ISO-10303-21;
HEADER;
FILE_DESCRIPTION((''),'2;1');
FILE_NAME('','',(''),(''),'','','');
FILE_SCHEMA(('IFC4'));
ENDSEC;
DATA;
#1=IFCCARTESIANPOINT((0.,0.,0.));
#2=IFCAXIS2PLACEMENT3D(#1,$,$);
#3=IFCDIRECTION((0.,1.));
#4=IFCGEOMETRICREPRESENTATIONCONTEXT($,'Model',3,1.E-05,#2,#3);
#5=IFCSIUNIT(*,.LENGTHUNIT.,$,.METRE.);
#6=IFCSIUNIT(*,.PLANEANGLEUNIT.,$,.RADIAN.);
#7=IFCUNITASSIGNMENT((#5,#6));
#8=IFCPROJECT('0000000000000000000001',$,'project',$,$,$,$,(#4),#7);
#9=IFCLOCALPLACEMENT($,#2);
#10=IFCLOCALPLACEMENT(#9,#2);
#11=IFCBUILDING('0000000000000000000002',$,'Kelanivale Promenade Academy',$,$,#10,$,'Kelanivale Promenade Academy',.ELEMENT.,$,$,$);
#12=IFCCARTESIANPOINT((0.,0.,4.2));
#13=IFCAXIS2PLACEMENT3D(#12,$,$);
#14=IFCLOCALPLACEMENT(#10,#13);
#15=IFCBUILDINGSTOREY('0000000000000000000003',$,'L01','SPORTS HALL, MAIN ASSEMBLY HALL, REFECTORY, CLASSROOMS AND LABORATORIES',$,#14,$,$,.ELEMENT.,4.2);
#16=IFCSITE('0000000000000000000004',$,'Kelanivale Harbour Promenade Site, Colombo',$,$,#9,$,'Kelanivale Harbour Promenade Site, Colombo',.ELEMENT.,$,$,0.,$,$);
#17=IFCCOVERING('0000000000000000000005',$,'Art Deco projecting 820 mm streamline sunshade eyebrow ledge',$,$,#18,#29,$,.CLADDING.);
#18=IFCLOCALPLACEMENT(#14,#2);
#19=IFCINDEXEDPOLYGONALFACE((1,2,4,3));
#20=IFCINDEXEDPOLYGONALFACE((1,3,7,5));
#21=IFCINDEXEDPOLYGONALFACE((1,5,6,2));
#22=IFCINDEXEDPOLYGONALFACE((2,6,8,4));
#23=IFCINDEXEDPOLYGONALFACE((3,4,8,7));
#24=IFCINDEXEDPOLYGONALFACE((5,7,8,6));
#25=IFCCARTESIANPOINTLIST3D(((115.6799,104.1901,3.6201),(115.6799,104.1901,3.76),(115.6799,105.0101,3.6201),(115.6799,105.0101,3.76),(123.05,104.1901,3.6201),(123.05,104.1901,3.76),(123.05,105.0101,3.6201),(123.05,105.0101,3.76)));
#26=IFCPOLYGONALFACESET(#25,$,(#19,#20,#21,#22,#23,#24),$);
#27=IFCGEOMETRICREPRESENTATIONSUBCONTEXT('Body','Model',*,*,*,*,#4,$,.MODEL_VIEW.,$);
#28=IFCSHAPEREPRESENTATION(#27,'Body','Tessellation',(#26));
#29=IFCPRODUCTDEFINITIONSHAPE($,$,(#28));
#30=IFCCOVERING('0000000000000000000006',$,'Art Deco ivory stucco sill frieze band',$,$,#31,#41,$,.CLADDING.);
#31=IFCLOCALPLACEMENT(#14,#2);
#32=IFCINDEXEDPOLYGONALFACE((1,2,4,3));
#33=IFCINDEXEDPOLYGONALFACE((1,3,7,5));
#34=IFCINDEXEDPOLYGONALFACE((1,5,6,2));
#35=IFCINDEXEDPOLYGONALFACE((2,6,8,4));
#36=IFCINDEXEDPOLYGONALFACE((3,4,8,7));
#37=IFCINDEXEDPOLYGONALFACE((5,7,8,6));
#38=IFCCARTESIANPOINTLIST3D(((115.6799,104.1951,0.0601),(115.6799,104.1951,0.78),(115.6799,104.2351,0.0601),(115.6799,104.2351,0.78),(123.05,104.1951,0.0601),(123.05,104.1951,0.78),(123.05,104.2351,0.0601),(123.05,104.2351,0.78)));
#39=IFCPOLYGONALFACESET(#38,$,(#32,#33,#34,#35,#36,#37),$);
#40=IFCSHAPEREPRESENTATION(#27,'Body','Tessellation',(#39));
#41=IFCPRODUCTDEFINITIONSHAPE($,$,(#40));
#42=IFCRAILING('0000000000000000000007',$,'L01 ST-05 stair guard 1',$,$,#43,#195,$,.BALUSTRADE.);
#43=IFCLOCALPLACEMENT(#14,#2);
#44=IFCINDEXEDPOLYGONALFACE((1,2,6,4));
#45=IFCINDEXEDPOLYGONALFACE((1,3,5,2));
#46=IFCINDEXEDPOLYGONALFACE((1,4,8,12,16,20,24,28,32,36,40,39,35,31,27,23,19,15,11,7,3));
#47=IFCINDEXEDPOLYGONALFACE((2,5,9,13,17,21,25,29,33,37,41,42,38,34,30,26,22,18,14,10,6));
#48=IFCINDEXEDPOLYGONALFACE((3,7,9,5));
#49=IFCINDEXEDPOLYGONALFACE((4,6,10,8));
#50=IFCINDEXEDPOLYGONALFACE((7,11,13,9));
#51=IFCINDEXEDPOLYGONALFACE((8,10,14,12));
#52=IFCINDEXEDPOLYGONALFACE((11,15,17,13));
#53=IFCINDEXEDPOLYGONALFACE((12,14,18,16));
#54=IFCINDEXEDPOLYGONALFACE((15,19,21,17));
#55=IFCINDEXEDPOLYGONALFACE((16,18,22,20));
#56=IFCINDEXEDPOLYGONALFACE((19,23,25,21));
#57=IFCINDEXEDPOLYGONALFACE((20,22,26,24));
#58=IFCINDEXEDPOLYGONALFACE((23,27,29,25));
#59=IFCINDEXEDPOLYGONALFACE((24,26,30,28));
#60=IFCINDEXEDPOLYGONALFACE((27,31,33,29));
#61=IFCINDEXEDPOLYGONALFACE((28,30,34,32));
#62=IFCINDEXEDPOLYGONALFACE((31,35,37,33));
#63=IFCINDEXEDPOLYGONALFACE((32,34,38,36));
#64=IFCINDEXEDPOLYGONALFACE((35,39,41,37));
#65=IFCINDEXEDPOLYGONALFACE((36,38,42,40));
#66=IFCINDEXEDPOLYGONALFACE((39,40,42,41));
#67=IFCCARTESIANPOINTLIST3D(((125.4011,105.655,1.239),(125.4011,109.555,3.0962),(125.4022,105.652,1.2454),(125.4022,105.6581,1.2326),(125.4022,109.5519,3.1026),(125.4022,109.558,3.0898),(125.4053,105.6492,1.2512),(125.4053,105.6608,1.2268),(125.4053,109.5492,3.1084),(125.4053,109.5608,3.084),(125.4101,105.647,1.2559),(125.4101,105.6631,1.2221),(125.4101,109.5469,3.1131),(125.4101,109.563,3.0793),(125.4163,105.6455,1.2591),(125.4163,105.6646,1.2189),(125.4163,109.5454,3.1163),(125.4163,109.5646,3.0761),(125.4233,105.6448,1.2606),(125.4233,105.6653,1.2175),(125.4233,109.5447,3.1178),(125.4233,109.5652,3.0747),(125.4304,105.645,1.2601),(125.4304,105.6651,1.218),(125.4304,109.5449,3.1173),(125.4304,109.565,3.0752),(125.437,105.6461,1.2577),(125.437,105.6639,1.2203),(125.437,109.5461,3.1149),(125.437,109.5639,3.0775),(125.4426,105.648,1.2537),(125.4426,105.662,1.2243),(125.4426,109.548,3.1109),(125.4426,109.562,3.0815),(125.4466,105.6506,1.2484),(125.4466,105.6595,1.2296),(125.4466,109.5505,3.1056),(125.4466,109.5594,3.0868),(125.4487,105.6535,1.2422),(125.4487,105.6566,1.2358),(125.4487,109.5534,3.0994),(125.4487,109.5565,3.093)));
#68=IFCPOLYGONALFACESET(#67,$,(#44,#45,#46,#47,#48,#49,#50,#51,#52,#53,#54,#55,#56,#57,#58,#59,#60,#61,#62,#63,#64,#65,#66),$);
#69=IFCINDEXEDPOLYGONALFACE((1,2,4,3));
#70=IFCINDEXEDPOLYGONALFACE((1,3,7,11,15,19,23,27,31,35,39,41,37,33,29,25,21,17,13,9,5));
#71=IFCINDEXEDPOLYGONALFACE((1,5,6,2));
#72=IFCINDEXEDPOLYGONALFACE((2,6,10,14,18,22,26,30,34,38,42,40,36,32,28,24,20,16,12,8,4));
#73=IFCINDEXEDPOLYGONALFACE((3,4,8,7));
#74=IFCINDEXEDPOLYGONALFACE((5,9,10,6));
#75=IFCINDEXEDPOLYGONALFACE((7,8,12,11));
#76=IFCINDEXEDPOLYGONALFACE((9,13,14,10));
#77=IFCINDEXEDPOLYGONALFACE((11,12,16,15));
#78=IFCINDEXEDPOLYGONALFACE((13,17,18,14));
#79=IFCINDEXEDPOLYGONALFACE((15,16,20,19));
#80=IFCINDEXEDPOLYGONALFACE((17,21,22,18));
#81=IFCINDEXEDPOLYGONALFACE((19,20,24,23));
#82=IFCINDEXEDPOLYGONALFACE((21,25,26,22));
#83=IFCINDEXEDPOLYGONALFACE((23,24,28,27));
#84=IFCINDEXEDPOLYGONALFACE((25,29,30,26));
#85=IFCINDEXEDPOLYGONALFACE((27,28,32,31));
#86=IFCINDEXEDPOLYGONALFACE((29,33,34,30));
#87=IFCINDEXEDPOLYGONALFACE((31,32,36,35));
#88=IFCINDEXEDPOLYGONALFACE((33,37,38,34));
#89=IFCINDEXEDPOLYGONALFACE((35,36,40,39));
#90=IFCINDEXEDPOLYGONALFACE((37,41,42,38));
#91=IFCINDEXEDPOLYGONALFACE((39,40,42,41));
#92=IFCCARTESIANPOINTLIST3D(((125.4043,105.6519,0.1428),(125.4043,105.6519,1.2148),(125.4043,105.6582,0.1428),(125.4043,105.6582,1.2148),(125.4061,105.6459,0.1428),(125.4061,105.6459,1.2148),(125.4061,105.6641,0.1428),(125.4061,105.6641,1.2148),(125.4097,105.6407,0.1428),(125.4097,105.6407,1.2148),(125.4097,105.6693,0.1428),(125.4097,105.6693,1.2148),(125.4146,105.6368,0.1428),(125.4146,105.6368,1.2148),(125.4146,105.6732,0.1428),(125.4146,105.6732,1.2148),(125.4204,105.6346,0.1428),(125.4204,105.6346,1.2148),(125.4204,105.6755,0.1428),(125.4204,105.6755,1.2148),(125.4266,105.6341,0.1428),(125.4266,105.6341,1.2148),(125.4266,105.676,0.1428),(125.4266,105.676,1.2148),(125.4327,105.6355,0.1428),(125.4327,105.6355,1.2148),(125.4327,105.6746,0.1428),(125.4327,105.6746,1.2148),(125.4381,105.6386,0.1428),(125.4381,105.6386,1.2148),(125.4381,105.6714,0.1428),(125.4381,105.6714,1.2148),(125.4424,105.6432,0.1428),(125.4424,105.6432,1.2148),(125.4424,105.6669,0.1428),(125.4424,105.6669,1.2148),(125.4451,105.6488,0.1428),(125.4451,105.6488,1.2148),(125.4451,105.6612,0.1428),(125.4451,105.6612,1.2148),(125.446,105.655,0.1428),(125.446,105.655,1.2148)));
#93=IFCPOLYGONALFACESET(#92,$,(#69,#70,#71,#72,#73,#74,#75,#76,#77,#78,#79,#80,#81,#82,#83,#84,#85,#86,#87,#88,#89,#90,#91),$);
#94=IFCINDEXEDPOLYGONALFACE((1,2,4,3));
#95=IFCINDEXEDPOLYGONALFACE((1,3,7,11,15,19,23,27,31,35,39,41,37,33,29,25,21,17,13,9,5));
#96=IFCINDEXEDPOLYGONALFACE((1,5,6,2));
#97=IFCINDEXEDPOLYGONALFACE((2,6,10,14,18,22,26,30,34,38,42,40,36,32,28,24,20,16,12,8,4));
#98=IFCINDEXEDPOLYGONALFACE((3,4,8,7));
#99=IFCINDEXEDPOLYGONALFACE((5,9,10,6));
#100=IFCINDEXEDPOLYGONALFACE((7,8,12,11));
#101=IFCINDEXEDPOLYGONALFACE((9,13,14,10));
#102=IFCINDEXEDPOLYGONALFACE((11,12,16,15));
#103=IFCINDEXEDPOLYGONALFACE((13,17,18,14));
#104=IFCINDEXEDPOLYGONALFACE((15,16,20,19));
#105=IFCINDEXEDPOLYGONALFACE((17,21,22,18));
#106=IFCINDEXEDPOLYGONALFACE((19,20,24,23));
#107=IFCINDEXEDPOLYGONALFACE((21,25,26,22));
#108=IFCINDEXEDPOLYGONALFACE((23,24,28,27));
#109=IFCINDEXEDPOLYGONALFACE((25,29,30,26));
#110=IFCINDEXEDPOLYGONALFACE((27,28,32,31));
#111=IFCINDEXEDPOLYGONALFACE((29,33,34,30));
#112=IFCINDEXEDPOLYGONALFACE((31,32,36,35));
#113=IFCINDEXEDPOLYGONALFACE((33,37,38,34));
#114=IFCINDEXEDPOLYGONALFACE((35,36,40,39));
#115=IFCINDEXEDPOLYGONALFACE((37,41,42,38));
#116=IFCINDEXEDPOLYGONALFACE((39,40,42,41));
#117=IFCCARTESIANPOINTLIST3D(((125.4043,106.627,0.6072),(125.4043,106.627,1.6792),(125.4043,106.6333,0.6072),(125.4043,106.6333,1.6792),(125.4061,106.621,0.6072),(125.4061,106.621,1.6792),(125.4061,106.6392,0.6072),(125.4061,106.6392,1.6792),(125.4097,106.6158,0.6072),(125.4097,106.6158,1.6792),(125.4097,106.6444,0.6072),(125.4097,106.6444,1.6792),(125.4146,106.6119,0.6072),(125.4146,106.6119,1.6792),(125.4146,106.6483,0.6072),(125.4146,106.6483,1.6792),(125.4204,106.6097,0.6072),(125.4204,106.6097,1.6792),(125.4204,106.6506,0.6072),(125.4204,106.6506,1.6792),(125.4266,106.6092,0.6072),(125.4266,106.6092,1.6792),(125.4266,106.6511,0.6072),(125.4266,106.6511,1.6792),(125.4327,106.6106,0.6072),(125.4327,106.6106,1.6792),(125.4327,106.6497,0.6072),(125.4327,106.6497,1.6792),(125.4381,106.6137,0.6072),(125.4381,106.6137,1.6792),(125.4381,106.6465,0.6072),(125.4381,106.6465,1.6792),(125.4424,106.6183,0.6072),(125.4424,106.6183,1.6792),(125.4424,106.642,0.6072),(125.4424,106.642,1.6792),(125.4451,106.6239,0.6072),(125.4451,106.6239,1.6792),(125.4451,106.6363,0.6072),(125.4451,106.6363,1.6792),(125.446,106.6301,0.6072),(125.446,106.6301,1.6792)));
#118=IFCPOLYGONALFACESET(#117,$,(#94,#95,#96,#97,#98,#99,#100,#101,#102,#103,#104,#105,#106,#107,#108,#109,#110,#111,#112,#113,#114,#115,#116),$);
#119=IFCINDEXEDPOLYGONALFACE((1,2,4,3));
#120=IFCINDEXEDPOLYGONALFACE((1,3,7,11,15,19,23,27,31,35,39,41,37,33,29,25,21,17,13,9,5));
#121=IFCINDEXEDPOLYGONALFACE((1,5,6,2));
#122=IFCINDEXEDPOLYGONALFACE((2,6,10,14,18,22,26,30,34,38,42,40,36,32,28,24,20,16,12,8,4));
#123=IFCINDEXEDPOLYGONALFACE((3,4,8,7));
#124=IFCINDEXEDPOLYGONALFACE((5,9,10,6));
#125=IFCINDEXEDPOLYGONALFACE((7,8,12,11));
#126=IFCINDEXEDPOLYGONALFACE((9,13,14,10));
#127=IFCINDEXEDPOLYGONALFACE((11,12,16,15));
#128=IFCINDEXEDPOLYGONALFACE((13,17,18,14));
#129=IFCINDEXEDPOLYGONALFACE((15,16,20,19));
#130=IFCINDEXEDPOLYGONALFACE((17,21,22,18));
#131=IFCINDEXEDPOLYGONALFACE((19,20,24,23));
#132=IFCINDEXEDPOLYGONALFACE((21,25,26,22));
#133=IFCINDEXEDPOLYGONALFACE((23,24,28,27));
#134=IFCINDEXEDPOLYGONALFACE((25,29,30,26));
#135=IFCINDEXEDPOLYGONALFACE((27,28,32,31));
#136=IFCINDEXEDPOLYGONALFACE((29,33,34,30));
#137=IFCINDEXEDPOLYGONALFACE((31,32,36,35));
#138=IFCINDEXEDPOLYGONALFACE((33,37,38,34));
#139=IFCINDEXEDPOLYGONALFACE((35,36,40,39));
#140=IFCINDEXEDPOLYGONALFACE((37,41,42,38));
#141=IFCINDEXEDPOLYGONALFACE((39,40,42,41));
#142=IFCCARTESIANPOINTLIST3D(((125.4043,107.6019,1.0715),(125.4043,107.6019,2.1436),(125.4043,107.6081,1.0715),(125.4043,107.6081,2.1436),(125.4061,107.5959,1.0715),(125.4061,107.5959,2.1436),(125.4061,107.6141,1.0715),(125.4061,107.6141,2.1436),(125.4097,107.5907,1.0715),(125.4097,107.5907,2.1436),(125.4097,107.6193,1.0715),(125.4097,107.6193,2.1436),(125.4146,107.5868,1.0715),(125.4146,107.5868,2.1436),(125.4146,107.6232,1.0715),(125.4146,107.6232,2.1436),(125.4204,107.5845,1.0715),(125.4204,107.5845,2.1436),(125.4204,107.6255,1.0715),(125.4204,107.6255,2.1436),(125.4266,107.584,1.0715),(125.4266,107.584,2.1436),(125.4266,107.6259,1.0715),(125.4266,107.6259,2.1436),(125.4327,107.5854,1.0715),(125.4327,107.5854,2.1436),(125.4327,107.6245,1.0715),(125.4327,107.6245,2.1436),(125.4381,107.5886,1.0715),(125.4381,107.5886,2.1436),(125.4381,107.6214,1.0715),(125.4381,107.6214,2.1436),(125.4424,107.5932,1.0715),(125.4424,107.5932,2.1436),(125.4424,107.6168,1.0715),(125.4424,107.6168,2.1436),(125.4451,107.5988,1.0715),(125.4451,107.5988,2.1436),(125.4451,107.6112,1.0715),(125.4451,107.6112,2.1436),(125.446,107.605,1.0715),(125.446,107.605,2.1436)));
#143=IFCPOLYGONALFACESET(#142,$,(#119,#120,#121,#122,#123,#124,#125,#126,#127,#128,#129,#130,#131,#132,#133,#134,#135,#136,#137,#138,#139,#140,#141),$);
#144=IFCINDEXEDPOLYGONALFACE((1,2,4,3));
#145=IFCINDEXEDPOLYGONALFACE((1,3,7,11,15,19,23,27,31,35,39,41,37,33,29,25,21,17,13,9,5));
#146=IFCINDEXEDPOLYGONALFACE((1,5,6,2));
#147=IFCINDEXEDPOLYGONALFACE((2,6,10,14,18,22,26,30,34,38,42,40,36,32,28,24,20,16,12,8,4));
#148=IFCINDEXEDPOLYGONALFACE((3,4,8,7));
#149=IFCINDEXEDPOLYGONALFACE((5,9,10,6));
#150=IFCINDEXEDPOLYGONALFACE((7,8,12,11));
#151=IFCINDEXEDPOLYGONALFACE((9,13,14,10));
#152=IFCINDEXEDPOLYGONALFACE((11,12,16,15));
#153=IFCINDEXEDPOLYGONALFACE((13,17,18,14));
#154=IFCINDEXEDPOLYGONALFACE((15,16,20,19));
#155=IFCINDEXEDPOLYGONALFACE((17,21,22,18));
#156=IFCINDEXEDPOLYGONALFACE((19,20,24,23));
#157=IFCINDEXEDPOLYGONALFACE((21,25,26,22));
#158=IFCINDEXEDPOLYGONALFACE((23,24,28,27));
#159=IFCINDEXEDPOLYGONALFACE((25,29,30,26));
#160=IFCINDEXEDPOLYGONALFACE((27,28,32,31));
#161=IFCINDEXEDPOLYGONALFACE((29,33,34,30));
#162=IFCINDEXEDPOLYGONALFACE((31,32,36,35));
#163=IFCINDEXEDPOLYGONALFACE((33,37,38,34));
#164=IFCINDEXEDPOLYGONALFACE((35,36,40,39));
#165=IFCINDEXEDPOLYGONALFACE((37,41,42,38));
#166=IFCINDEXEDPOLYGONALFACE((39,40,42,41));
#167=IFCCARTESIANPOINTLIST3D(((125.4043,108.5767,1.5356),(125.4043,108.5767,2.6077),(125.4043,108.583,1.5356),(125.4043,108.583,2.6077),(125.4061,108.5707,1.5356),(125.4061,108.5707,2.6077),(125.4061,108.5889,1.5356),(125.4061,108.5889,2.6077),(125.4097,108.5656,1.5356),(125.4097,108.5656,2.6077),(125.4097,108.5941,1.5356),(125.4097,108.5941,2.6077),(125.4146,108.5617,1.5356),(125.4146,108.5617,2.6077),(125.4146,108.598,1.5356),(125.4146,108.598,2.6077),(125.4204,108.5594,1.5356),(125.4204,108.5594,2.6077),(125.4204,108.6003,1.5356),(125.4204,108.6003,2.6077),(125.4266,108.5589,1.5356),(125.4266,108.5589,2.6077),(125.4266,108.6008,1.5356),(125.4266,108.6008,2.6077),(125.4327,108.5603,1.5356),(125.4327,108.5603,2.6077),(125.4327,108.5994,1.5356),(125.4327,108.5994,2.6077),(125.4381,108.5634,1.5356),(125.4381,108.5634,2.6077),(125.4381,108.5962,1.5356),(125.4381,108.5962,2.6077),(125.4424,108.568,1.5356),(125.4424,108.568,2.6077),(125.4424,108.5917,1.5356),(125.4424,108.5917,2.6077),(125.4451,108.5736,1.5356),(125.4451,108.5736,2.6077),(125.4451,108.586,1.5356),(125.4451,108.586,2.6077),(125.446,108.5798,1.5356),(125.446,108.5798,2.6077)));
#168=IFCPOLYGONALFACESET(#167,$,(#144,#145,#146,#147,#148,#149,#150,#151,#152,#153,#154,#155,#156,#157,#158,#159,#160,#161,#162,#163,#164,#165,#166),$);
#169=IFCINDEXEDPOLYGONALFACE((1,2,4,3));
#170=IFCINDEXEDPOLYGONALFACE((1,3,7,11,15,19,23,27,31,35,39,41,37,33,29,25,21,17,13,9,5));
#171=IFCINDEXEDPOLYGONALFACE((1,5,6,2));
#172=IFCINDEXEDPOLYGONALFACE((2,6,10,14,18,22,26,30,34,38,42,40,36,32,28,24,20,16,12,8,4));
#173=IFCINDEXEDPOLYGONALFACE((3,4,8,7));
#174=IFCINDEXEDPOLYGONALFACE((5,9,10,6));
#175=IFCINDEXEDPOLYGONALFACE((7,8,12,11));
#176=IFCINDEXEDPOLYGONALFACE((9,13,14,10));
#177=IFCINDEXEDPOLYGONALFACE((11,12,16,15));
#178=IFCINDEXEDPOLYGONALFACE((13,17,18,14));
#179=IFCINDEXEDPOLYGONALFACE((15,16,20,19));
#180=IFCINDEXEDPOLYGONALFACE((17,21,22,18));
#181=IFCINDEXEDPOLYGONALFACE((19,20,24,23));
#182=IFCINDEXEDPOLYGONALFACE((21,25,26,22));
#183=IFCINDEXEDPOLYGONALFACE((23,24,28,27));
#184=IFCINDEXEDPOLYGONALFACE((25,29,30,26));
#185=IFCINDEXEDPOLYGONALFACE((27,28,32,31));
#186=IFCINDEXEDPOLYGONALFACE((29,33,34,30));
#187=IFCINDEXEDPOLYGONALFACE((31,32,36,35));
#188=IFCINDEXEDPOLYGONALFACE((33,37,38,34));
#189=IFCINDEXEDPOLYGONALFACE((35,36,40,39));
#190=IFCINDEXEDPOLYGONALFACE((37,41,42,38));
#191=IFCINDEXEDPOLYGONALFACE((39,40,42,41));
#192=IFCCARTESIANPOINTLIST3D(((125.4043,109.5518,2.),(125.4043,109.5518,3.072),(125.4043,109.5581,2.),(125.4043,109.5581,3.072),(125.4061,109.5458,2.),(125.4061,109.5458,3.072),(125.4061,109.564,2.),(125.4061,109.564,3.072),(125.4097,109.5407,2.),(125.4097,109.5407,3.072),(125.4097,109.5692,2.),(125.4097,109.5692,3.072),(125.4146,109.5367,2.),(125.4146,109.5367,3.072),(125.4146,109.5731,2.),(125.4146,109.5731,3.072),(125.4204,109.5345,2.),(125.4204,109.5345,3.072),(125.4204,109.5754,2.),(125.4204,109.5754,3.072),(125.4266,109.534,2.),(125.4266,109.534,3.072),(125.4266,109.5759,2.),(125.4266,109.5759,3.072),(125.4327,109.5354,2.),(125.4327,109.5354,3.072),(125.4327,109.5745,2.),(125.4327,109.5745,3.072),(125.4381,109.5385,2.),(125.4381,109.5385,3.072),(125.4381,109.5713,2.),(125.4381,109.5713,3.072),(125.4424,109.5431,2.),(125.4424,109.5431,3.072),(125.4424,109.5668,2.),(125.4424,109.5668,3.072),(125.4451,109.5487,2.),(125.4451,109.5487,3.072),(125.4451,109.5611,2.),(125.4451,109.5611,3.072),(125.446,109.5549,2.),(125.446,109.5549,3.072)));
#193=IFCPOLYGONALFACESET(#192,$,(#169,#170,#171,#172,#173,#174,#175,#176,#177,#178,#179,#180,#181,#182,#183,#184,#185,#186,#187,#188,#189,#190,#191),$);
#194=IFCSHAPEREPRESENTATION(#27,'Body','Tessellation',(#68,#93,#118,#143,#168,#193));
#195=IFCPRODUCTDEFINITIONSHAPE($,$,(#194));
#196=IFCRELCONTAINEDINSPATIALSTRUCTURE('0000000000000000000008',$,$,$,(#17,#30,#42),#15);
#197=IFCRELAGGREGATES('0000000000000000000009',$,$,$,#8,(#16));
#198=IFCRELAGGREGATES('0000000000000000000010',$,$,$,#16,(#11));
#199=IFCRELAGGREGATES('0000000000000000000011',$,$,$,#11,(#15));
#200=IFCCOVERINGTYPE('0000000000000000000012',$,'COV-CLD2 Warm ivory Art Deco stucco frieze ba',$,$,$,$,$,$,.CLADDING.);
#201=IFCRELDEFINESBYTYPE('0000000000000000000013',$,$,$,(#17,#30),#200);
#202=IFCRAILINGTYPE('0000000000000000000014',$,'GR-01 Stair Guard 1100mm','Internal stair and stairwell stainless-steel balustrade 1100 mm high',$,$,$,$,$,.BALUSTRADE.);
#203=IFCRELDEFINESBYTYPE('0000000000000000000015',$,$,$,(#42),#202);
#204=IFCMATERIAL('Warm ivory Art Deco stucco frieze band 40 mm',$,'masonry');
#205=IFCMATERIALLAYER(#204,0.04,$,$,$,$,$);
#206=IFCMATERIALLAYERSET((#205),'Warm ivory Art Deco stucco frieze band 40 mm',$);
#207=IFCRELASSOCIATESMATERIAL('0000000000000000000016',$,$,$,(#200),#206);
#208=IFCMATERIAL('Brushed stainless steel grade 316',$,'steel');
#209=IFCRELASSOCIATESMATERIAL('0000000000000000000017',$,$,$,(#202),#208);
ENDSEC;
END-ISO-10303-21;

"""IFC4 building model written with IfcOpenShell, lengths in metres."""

from ifc_helpers import new_model, si_unit, direction, frame, origin, origin_2d, place, context, subcontext, project, spatial, rectangle, circle, extrude, material, layer, layer_set, type_object, element, save


model = new_model("IFC4")

# Units and contexts
model_context = context("Model", 3, precision=1e-05, world=origin(), true_north=direction((0.0, 1.0)))
body_context = subcontext(model_context, "Body", "Model", "MODEL_VIEW")
ifc_project = project(units=[si_unit("LENGTHUNIT", "METRE"), si_unit("PLANEANGLEUNIT", "RADIAN")], contexts=[model_context])

# Site, building, storey
site_placement = place(None, origin())
site = spatial("IfcSite", under=ifc_project, at=site_placement, Name="Kelanivale Harbour Promenade Site, Colombo", LongName="Kelanivale Harbour Promenade Site, Colombo", CompositionType="ELEMENT", RefElevation=0.0)
building_placement = place(site_placement, origin())
building = spatial("IfcBuilding", under=site, at=building_placement, Name="Kelanivale Promenade Academy", LongName="Kelanivale Promenade Academy", CompositionType="ELEMENT")
storey_placement = place(building_placement, frame((0.0, 0.0, 4.2)))
storey = spatial("IfcBuildingStorey", under=building, at=storey_placement, Name="L01", Description="SPORTS HALL, MAIN ASSEMBLY HALL, REFECTORY, CLASSROOMS AND LABORATORIES", CompositionType="ELEMENT", Elevation=4.2)

# Coverings
ifc_material_1 = material(Name="Warm ivory Art Deco stucco frieze band 40 mm", Category="masonry")
ifc_layer_1 = layer(ifc_material_1, 0.04)
ifc_layer_set_1 = layer_set([ifc_layer_1], Name="Warm ivory Art Deco stucco frieze band 40 mm")
covering_type = type_object("IfcCoveringType", Name="COV-CLD2 Warm ivory Art Deco stucco frieze ba", PredefinedType="CLADDING", material=ifc_layer_set_1)
covering_1_placement = place(storey_placement, frame((119.365, 104.6001, 3.6201), z_axis=(0.0, 0.0, 1.0), x_axis=(-1.0, 0.0, 0.0)))
element("IfcCovering", 1, at=covering_1_placement, inside=storey, type_object=covering_type, Name="Art Deco projecting 820 mm streamline sunshade eyebrow ledge", PredefinedType="CLADDING", context=body_context, shape_type="SweptSolid", body=[
    extrude(rectangle(XDim=7.3701, YDim=0.8201, at=origin_2d()), origin(), (0.0, 0.0, 1.0), 0.1399),
])
covering_2_placement = place(storey_placement, frame((119.365, 104.2151, 0.0601), z_axis=(0.0, 0.0, 1.0), x_axis=(-1.0, 0.0, 0.0)))
element("IfcCovering", 2, at=covering_2_placement, inside=storey, type_object=covering_type, Name="Art Deco ivory stucco sill frieze band", PredefinedType="CLADDING", context=body_context, shape_type="SweptSolid", body=[
    extrude(rectangle(XDim=7.3701, YDim=0.04, at=origin_2d()), origin(), (0.0, 0.0, 1.0), 0.72),
])

# Railing
ifc_material_2 = material(Name="Brushed stainless steel grade 316", Category="steel")
railing_type_1 = type_object("IfcRailingType", Name="GR-01 Stair Guard 1100mm", Description="Internal stair and stairwell stainless-steel balustrade 1100 mm high", PredefinedType="BALUSTRADE", material=ifc_material_2)
railing_1_placement = place(storey_placement, frame((125.425, 105.655, 0.1428)))
element("IfcRailing", 3, at=railing_1_placement, inside=storey, type_object=railing_type_1, Name="L01 ST-05 stair guard 1", PredefinedType="BALUSTRADE", context=body_context, shape_type="SweptSolid", body=[
    extrude(circle(Radius=0.0239, at=origin_2d()), frame((0.0, 0.0, 1.0962), z_axis=(0.0, 0.902853, 0.429949), x_axis=(-1.0, 0.0, 0.0)), (0.0, 0.0, 1.0), 4.3196),
    extrude(circle(Radius=0.021, at=origin_2d()), origin(), (0.0, 0.0, 1.0), 1.072),
    extrude(circle(Radius=0.021, at=origin_2d()), frame((0.0, 0.9751, 0.4644)), (0.0, 0.0, 1.0), 1.072),
    extrude(circle(Radius=0.021, at=origin_2d()), frame((0.0, 1.95, 0.9287)), (0.0, 0.0, 1.0), 1.072),
    extrude(circle(Radius=0.021, at=origin_2d()), frame((0.0, 2.9248, 1.3928)), (0.0, 0.0, 1.0), 1.072),
    extrude(circle(Radius=0.021, at=origin_2d()), frame((0.0, 3.8999, 1.8572)), (0.0, 0.0, 1.0), 1.072),
])

save(model, "model.ifc")
